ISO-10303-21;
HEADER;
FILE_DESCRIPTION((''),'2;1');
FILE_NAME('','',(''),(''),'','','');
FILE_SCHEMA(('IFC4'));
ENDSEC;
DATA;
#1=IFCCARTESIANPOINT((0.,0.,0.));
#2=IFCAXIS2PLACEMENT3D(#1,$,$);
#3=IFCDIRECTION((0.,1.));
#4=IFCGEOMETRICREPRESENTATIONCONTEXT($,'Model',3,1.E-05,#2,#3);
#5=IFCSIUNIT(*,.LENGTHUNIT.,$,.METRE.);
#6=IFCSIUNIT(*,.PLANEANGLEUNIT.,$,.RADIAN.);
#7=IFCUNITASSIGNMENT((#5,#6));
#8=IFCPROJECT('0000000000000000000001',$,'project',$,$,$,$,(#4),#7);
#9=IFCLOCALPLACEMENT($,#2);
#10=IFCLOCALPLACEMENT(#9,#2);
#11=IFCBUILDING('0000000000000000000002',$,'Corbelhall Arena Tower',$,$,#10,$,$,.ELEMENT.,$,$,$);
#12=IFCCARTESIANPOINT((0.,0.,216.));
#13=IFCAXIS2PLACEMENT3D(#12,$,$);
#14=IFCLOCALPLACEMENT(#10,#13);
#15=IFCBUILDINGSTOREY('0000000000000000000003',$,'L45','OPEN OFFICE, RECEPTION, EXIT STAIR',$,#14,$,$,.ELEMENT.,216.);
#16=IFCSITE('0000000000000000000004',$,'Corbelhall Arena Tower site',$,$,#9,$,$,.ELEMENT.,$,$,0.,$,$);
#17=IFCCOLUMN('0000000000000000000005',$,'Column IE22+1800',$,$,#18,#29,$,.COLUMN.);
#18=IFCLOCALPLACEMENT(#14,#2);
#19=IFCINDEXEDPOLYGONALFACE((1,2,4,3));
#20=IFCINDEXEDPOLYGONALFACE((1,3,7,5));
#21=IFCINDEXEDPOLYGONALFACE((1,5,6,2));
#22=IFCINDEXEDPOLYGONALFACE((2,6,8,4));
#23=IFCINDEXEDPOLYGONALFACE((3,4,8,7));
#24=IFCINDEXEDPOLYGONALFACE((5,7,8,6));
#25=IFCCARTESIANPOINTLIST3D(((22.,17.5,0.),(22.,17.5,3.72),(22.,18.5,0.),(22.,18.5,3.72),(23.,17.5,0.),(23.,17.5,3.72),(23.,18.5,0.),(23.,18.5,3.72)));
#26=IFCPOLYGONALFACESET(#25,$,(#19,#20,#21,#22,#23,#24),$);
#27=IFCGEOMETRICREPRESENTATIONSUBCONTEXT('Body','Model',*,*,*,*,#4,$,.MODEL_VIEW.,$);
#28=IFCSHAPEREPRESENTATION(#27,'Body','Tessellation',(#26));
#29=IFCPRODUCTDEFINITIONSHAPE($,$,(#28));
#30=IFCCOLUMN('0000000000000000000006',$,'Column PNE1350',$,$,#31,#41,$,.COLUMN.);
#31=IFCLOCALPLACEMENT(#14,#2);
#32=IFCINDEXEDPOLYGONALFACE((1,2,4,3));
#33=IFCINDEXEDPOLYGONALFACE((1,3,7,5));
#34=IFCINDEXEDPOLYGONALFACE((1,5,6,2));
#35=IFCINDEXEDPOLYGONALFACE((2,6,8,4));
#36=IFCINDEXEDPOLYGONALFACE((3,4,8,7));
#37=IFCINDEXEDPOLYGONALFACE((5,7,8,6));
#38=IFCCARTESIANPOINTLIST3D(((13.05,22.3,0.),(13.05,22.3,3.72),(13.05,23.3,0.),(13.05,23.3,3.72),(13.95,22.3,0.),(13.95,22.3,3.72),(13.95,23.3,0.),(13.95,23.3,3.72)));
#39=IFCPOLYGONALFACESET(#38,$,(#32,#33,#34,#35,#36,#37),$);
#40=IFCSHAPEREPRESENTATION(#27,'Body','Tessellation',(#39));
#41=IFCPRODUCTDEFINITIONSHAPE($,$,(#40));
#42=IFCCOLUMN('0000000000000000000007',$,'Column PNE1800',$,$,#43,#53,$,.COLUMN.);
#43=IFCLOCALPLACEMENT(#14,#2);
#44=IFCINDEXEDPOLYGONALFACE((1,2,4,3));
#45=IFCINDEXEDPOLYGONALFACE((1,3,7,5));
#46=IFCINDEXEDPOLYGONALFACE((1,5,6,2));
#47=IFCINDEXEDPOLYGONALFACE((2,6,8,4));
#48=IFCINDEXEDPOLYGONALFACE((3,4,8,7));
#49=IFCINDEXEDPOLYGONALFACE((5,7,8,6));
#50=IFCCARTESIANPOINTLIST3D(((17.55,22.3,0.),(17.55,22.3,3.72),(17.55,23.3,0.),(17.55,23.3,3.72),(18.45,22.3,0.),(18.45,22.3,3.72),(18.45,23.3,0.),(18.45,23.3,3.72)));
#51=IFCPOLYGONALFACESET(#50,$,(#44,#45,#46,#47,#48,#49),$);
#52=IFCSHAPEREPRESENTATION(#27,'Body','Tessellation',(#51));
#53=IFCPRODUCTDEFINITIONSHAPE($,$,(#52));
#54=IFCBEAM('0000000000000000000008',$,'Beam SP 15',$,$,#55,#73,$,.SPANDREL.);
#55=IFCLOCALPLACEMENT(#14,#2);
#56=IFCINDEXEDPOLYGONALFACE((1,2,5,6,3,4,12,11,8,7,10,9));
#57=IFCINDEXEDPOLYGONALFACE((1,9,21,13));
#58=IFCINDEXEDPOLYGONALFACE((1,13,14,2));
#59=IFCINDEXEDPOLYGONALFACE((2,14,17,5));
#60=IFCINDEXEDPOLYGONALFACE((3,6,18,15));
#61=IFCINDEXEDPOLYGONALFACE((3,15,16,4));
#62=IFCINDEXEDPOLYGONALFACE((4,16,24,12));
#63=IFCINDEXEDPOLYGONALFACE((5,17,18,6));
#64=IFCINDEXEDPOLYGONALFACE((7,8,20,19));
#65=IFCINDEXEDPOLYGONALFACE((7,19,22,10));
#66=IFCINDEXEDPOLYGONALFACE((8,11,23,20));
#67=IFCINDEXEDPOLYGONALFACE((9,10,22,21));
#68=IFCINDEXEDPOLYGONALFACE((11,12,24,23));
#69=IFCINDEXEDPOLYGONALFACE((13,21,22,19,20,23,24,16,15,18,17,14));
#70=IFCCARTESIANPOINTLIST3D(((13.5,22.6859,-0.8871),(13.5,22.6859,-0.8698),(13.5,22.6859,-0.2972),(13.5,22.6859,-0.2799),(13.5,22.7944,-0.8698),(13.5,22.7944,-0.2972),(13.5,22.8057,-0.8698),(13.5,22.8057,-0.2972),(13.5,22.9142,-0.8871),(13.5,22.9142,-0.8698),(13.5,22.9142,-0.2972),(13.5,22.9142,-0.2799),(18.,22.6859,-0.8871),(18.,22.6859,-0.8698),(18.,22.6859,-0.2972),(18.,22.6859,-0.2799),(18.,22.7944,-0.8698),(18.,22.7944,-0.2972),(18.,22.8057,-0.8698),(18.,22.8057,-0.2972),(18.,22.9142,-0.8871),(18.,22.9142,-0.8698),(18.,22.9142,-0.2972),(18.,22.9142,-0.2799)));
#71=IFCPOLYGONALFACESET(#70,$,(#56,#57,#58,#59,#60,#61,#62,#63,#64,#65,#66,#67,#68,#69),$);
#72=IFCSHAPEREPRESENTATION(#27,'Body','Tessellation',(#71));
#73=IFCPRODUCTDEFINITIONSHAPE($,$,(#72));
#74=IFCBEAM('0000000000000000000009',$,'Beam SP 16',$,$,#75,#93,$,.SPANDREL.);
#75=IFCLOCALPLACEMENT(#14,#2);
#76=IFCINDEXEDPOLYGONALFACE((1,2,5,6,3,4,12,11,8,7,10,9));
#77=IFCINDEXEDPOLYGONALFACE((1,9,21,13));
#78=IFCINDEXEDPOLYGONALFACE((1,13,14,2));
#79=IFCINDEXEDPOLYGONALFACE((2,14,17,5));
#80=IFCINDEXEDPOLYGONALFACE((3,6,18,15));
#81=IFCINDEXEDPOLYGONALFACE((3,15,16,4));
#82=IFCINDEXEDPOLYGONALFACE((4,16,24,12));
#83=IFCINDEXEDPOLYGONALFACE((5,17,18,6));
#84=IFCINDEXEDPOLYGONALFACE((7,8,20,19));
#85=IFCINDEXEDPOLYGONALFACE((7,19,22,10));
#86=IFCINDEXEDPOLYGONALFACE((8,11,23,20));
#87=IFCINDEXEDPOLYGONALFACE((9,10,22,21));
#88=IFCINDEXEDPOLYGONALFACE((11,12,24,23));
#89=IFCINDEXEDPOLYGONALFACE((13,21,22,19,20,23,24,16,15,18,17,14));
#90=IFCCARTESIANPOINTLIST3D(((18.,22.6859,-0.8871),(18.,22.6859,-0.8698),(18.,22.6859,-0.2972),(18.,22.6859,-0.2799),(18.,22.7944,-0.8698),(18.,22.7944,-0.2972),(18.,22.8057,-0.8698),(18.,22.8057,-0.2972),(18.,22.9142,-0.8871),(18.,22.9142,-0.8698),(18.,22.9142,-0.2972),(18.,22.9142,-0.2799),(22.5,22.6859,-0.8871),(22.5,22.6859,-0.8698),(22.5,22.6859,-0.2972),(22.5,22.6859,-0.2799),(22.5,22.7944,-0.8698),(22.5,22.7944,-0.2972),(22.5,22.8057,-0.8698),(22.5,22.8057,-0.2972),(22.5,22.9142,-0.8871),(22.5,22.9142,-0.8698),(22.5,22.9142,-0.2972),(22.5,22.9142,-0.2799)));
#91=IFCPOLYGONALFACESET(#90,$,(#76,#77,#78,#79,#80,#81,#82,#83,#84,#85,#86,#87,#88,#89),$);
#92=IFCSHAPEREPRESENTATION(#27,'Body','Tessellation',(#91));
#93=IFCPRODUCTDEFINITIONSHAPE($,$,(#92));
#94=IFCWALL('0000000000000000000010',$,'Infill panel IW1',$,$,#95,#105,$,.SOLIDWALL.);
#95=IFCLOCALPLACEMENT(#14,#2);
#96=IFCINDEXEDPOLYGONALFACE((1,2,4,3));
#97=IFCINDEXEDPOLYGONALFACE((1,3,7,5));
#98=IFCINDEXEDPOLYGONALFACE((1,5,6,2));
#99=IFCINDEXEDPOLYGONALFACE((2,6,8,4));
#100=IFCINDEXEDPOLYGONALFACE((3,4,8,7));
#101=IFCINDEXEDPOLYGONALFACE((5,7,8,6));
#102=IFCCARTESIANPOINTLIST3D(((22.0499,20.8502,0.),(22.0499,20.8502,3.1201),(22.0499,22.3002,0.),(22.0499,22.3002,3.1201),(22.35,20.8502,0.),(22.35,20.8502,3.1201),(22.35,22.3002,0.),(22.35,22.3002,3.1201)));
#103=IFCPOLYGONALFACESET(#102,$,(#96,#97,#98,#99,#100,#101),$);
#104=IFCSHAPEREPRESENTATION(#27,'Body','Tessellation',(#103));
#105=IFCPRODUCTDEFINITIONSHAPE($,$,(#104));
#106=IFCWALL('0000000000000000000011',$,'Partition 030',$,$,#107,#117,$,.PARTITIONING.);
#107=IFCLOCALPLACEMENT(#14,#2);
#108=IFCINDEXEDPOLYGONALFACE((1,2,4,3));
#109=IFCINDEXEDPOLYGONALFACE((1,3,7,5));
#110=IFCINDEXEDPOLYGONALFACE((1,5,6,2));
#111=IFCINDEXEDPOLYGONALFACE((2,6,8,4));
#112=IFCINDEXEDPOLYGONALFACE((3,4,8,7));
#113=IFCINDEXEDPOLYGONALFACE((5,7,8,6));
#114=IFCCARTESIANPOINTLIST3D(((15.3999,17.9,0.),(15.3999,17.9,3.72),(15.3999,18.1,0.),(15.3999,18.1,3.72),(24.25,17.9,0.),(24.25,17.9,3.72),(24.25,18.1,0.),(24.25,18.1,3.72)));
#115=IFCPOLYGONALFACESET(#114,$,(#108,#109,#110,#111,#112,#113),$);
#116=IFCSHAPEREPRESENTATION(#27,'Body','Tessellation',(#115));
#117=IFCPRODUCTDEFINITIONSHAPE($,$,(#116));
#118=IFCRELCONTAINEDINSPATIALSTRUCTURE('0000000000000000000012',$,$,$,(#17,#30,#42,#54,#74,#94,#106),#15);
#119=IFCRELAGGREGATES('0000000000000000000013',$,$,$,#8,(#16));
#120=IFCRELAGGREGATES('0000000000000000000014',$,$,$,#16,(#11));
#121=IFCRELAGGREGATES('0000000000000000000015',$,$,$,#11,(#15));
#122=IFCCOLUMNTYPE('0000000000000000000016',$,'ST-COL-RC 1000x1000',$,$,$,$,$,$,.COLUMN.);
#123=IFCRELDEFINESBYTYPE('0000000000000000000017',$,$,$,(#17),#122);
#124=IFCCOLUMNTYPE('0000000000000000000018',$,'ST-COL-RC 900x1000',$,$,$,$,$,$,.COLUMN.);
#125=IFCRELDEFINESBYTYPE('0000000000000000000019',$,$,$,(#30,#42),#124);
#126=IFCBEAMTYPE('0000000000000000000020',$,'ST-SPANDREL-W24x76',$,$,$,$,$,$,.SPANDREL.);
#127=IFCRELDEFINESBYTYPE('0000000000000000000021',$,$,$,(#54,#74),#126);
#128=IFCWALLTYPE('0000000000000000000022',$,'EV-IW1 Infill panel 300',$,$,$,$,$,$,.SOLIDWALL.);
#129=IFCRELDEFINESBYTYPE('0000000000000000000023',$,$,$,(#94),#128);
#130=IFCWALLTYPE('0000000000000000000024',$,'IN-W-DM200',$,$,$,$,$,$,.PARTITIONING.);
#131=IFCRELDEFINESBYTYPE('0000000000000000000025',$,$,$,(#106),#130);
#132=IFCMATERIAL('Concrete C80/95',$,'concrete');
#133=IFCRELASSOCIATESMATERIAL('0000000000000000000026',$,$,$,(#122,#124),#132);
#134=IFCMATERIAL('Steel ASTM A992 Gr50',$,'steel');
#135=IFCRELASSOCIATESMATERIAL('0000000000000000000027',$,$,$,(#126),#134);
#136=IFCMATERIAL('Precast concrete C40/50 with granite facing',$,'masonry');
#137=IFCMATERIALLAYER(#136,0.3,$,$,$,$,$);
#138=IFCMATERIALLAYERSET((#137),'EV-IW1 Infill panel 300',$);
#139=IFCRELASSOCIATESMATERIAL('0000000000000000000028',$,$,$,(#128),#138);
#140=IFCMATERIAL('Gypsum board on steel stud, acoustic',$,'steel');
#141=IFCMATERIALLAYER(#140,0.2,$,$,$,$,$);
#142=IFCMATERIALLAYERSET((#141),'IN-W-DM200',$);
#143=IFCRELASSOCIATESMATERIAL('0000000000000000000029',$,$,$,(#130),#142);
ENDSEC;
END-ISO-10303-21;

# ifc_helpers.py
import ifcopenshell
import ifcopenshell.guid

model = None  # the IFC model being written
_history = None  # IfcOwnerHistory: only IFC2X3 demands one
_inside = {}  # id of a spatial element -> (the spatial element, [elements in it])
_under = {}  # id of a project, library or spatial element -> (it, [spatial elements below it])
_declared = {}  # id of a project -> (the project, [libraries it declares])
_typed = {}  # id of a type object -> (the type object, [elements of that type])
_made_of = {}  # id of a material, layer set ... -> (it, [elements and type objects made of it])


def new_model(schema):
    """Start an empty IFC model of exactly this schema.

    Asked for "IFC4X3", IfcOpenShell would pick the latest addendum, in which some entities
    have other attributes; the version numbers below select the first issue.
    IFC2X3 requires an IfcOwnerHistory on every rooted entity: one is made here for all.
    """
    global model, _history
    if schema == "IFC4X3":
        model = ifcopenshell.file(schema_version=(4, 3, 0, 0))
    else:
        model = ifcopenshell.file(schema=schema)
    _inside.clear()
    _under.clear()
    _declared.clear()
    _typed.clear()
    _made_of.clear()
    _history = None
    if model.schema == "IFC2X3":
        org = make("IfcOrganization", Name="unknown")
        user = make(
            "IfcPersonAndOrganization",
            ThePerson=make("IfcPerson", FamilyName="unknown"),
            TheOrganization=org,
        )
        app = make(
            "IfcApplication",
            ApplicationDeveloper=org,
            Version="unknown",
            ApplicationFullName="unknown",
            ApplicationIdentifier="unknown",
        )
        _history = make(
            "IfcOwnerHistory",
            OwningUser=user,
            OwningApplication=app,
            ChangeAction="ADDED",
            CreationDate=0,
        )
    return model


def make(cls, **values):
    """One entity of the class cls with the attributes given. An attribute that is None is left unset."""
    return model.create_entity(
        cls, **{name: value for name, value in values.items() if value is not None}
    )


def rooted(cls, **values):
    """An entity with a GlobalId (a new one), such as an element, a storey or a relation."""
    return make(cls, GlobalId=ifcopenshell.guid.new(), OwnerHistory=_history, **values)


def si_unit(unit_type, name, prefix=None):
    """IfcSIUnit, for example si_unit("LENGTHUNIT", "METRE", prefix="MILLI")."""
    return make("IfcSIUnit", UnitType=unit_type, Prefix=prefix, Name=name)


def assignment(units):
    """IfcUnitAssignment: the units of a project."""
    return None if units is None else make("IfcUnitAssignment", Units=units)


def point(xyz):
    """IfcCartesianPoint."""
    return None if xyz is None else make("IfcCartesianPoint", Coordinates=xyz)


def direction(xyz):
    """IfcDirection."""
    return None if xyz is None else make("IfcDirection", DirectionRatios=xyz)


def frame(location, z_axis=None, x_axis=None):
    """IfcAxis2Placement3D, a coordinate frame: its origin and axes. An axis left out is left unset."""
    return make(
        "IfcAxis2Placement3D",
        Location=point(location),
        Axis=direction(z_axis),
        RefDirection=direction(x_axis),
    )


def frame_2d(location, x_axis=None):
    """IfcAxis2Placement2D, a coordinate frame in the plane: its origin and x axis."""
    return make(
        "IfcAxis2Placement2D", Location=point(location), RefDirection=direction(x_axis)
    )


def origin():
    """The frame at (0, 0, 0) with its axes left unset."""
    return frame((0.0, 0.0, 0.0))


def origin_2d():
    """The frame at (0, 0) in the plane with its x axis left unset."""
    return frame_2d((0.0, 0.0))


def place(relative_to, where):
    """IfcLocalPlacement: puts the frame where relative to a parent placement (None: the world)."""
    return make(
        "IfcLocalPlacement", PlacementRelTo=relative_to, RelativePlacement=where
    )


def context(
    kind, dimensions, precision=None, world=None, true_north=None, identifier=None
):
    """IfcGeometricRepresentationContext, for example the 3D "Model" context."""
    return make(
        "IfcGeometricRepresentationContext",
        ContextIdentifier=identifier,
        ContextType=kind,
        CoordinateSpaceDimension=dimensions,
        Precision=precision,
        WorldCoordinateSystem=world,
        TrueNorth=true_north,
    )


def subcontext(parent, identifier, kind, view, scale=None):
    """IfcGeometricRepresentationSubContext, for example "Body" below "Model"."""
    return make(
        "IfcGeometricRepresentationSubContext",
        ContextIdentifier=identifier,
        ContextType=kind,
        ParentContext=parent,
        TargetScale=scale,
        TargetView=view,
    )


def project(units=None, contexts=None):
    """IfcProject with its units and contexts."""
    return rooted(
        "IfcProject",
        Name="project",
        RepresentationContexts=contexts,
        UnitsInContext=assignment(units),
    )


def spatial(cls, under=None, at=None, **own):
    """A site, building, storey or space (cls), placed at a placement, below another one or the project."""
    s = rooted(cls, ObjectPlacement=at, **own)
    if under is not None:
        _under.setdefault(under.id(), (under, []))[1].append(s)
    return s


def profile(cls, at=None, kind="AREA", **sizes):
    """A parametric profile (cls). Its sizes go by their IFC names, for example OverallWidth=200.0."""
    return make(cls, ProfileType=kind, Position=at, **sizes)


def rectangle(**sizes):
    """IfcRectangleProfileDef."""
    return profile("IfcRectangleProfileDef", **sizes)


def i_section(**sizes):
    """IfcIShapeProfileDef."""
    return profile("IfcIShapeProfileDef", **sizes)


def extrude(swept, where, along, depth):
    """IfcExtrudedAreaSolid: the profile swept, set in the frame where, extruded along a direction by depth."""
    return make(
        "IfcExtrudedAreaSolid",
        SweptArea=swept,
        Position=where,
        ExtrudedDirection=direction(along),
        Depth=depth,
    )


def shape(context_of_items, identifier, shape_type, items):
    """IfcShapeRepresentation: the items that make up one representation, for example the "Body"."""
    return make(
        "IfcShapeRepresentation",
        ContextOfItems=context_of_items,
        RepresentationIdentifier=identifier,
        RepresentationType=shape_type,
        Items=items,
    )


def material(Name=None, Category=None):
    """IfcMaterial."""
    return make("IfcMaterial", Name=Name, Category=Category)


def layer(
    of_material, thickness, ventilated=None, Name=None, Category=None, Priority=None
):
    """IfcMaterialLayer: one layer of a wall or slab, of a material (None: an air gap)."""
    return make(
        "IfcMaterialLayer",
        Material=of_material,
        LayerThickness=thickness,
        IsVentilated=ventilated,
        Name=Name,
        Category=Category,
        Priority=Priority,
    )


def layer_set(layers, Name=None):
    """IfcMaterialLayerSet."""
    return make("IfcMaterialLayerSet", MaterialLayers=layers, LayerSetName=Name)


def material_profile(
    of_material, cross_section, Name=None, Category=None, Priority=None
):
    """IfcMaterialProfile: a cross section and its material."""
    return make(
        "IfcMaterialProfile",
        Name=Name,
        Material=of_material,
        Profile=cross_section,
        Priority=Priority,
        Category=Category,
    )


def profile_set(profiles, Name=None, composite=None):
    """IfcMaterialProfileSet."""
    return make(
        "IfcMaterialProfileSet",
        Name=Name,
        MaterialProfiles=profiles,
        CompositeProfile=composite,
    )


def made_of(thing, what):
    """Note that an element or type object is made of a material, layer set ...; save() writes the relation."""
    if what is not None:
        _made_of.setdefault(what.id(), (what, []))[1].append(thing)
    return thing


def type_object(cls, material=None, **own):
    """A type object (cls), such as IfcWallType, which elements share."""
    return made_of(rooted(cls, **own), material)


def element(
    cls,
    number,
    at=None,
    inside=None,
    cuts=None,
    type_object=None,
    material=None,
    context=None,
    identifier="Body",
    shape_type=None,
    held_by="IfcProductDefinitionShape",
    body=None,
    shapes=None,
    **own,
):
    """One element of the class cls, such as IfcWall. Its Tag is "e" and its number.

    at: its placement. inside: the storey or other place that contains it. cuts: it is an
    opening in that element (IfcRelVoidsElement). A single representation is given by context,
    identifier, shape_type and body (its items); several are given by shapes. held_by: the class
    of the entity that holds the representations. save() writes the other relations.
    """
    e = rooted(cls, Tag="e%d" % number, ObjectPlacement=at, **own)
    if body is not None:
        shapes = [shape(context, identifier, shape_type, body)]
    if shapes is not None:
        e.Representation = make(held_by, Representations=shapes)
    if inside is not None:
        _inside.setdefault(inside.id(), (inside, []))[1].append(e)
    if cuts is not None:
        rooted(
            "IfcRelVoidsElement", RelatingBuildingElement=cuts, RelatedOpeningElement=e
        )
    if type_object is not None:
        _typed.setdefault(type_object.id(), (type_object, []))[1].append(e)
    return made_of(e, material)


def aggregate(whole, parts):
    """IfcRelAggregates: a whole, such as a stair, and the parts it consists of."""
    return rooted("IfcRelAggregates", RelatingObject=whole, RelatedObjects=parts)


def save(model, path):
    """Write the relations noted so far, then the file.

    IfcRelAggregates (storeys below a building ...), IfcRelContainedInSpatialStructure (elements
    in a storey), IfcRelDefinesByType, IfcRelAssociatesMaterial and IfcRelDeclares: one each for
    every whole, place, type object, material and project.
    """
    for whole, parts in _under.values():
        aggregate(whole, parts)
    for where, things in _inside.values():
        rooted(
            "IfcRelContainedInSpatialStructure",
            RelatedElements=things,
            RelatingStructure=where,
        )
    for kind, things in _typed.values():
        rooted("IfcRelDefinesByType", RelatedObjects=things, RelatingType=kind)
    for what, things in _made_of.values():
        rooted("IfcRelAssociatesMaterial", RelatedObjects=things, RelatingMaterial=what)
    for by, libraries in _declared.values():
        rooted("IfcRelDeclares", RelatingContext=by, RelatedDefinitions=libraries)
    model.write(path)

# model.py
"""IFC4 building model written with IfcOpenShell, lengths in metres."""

from ifc_helpers import new_model, si_unit, direction, frame, frame_2d, origin, origin_2d, place, context, subcontext, project, spatial, rectangle, i_section, extrude, material, layer, layer_set, material_profile, profile_set, type_object, element, save


model = new_model("IFC4")

# Units and contexts
model_context = context("Model", 3, precision=1e-05, world=origin(), true_north=direction((0.0, 1.0)))
body_context = subcontext(model_context, "Body", "Model", "MODEL_VIEW")
ifc_project = project(units=[si_unit("LENGTHUNIT", "METRE"), si_unit("PLANEANGLEUNIT", "RADIAN")], contexts=[model_context])

# Site, building, storey
site_placement = place(None, origin())
site = spatial("IfcSite", under=ifc_project, at=site_placement, Name="Corbelhall Arena Tower site", CompositionType="ELEMENT", RefElevation=0.0)
building_placement = place(site_placement, origin())
building = spatial("IfcBuilding", under=site, at=building_placement, Name="Corbelhall Arena Tower", CompositionType="ELEMENT")
storey_placement = place(building_placement, frame((0.0, 0.0, 216.0)))
storey = spatial("IfcBuildingStorey", under=building, at=storey_placement, Name="L45", Description="OPEN OFFICE, RECEPTION, EXIT STAIR", CompositionType="ELEMENT", Elevation=216.0)

# Columns
ifc_material_1 = material(Name="Concrete C80/95", Category="concrete")
ifc_material_profile_1 = material_profile(ifc_material_1, rectangle(XDim=1.0, YDim=1.0, at=origin_2d()))
ifc_profile_set_1 = profile_set([ifc_material_profile_1], Name="Concrete C80/95")
column_type_1 = type_object("IfcColumnType", Name="ST-COL-RC 1000x1000", PredefinedType="COLUMN", material=ifc_profile_set_1)
column_placement = place(storey_placement, frame((22.5, 18.0, 0.0), z_axis=(0.0, 0.0, 1.0), x_axis=(1.0, 0.0, 0.0)))
element("IfcColumn", 1, at=column_placement, inside=storey, type_object=column_type_1, Name="Column IE22+1800", PredefinedType="COLUMN", context=body_context, shape_type="SweptSolid", body=[
    extrude(rectangle(XDim=1.0, YDim=1.0, at=origin_2d()), origin(), (0.0, 0.0, 1.0), 3.72),
])
ifc_material_profile_2 = material_profile(ifc_material_1, rectangle(XDim=0.8999, YDim=1.0, at=origin_2d()))
ifc_profile_set_2 = profile_set([ifc_material_profile_2], Name="Concrete C80/95")
column_type_2 = type_object("IfcColumnType", Name="ST-COL-RC 900x1000", PredefinedType="COLUMN", material=ifc_profile_set_2)
for number, where, z_axis, x_axis, name in (
    (2, (13.5, 22.8, 0.0), (0.0, 0.0, 1.0), (1.0, 0.0, 0.0), "Column PNE1350"),
    (3, (18.0, 22.8, 0.0), (0.0, 0.0, 1.0), (1.0, 0.0, 0.0), "Column PNE1800"),
):
    element("IfcColumn", number, at=place(storey_placement, frame(where, z_axis=z_axis, x_axis=x_axis)), inside=storey, type_object=column_type_2, Name=name, PredefinedType="COLUMN", context=body_context, shape_type="SweptSolid", body=[
        extrude(rectangle(XDim=0.8999, YDim=1.0, at=origin_2d()), origin(), (0.0, 0.0, 1.0), 3.72),
    ])

# Beams
ifc_material_2 = material(Name="Steel ASTM A992 Gr50", Category="steel")
ifc_material_profile_3 = material_profile(ifc_material_2, i_section(OverallWidth=0.2283, OverallDepth=0.6072, WebThickness=0.0112, FlangeThickness=0.0173, at=origin_2d()))
ifc_profile_set_3 = profile_set([ifc_material_profile_3], Name="Steel ASTM A992 Gr50")
beam_type = type_object("IfcBeamType", Name="ST-SPANDREL-W24x76", PredefinedType="SPANDREL", material=ifc_profile_set_3)
for number, where, z_axis, x_axis, name in (
    (4, (13.5, 22.8, -0.5835), (1.0, 0.0, 0.0), (0.0, 1.0, 0.0), "Beam SP 15"),
    (5, (18.0, 22.8, -0.5835), (1.0, 0.0, 0.0), (0.0, 1.0, 0.0), "Beam SP 16"),
):
    element("IfcBeam", number, at=place(storey_placement, frame(where, z_axis=z_axis, x_axis=x_axis)), inside=storey, type_object=beam_type, Name=name, PredefinedType="SPANDREL", context=body_context, shape_type="SweptSolid", body=[
        extrude(i_section(OverallWidth=0.2283, OverallDepth=0.6072, WebThickness=0.0112, FlangeThickness=0.0173, at=origin_2d()), origin(), (0.0, 0.0, 1.0), 4.5),
    ])

# Wall
ifc_material_3 = material(Name="Precast concrete C40/50 with granite facing", Category="masonry")
ifc_layer_1 = layer(ifc_material_3, 0.3)
ifc_layer_set_1 = layer_set([ifc_layer_1], Name="EV-IW1 Infill panel 300")
wall_type_1 = type_object("IfcWallType", Name="EV-IW1 Infill panel 300", PredefinedType="SOLIDWALL", material=ifc_layer_set_1)
wall_1_placement = place(storey_placement, frame((22.2, 20.8501, 0.0), z_axis=(0.0, 0.0, 1.0), x_axis=(0.0, 1.0, 0.0)))
element("IfcWall", 6, at=wall_1_placement, inside=storey, type_object=wall_type_1, Name="Infill panel IW1", PredefinedType="SOLIDWALL", context=body_context, shape_type="SweptSolid", body=[
    extrude(rectangle(XDim=1.45, YDim=0.3, at=frame_2d((0.7251, 0.0))), origin(), (0.0, 0.0, 1.0), 3.1201),
])

# Shared definitions
ifc_material_4 = material(Name="Gypsum board on steel stud, acoustic", Category="steel")
ifc_layer_2 = layer(ifc_material_4, 0.2)
ifc_layer_set_2 = layer_set([ifc_layer_2], Name="IN-W-DM200")
wall_type_2 = type_object("IfcWallType", Name="IN-W-DM200", PredefinedType="PARTITIONING", material=ifc_layer_set_2)

# Wall
wall_2_placement = place(storey_placement, frame((15.3999, 18.0, 0.0), z_axis=(0.0, 0.0, 1.0), x_axis=(1.0, 0.0, 0.0)))
element("IfcWall", 7, at=wall_2_placement, inside=storey, type_object=wall_type_2, Name="Partition 030", PredefinedType="PARTITIONING", context=body_context, shape_type="SweptSolid", body=[
    extrude(rectangle(XDim=8.8501, YDim=0.2, at=frame_2d((4.425, 0.0))), origin(), (0.0, 0.0, 1.0), 3.72),
])

save(model, "model.ifc")
